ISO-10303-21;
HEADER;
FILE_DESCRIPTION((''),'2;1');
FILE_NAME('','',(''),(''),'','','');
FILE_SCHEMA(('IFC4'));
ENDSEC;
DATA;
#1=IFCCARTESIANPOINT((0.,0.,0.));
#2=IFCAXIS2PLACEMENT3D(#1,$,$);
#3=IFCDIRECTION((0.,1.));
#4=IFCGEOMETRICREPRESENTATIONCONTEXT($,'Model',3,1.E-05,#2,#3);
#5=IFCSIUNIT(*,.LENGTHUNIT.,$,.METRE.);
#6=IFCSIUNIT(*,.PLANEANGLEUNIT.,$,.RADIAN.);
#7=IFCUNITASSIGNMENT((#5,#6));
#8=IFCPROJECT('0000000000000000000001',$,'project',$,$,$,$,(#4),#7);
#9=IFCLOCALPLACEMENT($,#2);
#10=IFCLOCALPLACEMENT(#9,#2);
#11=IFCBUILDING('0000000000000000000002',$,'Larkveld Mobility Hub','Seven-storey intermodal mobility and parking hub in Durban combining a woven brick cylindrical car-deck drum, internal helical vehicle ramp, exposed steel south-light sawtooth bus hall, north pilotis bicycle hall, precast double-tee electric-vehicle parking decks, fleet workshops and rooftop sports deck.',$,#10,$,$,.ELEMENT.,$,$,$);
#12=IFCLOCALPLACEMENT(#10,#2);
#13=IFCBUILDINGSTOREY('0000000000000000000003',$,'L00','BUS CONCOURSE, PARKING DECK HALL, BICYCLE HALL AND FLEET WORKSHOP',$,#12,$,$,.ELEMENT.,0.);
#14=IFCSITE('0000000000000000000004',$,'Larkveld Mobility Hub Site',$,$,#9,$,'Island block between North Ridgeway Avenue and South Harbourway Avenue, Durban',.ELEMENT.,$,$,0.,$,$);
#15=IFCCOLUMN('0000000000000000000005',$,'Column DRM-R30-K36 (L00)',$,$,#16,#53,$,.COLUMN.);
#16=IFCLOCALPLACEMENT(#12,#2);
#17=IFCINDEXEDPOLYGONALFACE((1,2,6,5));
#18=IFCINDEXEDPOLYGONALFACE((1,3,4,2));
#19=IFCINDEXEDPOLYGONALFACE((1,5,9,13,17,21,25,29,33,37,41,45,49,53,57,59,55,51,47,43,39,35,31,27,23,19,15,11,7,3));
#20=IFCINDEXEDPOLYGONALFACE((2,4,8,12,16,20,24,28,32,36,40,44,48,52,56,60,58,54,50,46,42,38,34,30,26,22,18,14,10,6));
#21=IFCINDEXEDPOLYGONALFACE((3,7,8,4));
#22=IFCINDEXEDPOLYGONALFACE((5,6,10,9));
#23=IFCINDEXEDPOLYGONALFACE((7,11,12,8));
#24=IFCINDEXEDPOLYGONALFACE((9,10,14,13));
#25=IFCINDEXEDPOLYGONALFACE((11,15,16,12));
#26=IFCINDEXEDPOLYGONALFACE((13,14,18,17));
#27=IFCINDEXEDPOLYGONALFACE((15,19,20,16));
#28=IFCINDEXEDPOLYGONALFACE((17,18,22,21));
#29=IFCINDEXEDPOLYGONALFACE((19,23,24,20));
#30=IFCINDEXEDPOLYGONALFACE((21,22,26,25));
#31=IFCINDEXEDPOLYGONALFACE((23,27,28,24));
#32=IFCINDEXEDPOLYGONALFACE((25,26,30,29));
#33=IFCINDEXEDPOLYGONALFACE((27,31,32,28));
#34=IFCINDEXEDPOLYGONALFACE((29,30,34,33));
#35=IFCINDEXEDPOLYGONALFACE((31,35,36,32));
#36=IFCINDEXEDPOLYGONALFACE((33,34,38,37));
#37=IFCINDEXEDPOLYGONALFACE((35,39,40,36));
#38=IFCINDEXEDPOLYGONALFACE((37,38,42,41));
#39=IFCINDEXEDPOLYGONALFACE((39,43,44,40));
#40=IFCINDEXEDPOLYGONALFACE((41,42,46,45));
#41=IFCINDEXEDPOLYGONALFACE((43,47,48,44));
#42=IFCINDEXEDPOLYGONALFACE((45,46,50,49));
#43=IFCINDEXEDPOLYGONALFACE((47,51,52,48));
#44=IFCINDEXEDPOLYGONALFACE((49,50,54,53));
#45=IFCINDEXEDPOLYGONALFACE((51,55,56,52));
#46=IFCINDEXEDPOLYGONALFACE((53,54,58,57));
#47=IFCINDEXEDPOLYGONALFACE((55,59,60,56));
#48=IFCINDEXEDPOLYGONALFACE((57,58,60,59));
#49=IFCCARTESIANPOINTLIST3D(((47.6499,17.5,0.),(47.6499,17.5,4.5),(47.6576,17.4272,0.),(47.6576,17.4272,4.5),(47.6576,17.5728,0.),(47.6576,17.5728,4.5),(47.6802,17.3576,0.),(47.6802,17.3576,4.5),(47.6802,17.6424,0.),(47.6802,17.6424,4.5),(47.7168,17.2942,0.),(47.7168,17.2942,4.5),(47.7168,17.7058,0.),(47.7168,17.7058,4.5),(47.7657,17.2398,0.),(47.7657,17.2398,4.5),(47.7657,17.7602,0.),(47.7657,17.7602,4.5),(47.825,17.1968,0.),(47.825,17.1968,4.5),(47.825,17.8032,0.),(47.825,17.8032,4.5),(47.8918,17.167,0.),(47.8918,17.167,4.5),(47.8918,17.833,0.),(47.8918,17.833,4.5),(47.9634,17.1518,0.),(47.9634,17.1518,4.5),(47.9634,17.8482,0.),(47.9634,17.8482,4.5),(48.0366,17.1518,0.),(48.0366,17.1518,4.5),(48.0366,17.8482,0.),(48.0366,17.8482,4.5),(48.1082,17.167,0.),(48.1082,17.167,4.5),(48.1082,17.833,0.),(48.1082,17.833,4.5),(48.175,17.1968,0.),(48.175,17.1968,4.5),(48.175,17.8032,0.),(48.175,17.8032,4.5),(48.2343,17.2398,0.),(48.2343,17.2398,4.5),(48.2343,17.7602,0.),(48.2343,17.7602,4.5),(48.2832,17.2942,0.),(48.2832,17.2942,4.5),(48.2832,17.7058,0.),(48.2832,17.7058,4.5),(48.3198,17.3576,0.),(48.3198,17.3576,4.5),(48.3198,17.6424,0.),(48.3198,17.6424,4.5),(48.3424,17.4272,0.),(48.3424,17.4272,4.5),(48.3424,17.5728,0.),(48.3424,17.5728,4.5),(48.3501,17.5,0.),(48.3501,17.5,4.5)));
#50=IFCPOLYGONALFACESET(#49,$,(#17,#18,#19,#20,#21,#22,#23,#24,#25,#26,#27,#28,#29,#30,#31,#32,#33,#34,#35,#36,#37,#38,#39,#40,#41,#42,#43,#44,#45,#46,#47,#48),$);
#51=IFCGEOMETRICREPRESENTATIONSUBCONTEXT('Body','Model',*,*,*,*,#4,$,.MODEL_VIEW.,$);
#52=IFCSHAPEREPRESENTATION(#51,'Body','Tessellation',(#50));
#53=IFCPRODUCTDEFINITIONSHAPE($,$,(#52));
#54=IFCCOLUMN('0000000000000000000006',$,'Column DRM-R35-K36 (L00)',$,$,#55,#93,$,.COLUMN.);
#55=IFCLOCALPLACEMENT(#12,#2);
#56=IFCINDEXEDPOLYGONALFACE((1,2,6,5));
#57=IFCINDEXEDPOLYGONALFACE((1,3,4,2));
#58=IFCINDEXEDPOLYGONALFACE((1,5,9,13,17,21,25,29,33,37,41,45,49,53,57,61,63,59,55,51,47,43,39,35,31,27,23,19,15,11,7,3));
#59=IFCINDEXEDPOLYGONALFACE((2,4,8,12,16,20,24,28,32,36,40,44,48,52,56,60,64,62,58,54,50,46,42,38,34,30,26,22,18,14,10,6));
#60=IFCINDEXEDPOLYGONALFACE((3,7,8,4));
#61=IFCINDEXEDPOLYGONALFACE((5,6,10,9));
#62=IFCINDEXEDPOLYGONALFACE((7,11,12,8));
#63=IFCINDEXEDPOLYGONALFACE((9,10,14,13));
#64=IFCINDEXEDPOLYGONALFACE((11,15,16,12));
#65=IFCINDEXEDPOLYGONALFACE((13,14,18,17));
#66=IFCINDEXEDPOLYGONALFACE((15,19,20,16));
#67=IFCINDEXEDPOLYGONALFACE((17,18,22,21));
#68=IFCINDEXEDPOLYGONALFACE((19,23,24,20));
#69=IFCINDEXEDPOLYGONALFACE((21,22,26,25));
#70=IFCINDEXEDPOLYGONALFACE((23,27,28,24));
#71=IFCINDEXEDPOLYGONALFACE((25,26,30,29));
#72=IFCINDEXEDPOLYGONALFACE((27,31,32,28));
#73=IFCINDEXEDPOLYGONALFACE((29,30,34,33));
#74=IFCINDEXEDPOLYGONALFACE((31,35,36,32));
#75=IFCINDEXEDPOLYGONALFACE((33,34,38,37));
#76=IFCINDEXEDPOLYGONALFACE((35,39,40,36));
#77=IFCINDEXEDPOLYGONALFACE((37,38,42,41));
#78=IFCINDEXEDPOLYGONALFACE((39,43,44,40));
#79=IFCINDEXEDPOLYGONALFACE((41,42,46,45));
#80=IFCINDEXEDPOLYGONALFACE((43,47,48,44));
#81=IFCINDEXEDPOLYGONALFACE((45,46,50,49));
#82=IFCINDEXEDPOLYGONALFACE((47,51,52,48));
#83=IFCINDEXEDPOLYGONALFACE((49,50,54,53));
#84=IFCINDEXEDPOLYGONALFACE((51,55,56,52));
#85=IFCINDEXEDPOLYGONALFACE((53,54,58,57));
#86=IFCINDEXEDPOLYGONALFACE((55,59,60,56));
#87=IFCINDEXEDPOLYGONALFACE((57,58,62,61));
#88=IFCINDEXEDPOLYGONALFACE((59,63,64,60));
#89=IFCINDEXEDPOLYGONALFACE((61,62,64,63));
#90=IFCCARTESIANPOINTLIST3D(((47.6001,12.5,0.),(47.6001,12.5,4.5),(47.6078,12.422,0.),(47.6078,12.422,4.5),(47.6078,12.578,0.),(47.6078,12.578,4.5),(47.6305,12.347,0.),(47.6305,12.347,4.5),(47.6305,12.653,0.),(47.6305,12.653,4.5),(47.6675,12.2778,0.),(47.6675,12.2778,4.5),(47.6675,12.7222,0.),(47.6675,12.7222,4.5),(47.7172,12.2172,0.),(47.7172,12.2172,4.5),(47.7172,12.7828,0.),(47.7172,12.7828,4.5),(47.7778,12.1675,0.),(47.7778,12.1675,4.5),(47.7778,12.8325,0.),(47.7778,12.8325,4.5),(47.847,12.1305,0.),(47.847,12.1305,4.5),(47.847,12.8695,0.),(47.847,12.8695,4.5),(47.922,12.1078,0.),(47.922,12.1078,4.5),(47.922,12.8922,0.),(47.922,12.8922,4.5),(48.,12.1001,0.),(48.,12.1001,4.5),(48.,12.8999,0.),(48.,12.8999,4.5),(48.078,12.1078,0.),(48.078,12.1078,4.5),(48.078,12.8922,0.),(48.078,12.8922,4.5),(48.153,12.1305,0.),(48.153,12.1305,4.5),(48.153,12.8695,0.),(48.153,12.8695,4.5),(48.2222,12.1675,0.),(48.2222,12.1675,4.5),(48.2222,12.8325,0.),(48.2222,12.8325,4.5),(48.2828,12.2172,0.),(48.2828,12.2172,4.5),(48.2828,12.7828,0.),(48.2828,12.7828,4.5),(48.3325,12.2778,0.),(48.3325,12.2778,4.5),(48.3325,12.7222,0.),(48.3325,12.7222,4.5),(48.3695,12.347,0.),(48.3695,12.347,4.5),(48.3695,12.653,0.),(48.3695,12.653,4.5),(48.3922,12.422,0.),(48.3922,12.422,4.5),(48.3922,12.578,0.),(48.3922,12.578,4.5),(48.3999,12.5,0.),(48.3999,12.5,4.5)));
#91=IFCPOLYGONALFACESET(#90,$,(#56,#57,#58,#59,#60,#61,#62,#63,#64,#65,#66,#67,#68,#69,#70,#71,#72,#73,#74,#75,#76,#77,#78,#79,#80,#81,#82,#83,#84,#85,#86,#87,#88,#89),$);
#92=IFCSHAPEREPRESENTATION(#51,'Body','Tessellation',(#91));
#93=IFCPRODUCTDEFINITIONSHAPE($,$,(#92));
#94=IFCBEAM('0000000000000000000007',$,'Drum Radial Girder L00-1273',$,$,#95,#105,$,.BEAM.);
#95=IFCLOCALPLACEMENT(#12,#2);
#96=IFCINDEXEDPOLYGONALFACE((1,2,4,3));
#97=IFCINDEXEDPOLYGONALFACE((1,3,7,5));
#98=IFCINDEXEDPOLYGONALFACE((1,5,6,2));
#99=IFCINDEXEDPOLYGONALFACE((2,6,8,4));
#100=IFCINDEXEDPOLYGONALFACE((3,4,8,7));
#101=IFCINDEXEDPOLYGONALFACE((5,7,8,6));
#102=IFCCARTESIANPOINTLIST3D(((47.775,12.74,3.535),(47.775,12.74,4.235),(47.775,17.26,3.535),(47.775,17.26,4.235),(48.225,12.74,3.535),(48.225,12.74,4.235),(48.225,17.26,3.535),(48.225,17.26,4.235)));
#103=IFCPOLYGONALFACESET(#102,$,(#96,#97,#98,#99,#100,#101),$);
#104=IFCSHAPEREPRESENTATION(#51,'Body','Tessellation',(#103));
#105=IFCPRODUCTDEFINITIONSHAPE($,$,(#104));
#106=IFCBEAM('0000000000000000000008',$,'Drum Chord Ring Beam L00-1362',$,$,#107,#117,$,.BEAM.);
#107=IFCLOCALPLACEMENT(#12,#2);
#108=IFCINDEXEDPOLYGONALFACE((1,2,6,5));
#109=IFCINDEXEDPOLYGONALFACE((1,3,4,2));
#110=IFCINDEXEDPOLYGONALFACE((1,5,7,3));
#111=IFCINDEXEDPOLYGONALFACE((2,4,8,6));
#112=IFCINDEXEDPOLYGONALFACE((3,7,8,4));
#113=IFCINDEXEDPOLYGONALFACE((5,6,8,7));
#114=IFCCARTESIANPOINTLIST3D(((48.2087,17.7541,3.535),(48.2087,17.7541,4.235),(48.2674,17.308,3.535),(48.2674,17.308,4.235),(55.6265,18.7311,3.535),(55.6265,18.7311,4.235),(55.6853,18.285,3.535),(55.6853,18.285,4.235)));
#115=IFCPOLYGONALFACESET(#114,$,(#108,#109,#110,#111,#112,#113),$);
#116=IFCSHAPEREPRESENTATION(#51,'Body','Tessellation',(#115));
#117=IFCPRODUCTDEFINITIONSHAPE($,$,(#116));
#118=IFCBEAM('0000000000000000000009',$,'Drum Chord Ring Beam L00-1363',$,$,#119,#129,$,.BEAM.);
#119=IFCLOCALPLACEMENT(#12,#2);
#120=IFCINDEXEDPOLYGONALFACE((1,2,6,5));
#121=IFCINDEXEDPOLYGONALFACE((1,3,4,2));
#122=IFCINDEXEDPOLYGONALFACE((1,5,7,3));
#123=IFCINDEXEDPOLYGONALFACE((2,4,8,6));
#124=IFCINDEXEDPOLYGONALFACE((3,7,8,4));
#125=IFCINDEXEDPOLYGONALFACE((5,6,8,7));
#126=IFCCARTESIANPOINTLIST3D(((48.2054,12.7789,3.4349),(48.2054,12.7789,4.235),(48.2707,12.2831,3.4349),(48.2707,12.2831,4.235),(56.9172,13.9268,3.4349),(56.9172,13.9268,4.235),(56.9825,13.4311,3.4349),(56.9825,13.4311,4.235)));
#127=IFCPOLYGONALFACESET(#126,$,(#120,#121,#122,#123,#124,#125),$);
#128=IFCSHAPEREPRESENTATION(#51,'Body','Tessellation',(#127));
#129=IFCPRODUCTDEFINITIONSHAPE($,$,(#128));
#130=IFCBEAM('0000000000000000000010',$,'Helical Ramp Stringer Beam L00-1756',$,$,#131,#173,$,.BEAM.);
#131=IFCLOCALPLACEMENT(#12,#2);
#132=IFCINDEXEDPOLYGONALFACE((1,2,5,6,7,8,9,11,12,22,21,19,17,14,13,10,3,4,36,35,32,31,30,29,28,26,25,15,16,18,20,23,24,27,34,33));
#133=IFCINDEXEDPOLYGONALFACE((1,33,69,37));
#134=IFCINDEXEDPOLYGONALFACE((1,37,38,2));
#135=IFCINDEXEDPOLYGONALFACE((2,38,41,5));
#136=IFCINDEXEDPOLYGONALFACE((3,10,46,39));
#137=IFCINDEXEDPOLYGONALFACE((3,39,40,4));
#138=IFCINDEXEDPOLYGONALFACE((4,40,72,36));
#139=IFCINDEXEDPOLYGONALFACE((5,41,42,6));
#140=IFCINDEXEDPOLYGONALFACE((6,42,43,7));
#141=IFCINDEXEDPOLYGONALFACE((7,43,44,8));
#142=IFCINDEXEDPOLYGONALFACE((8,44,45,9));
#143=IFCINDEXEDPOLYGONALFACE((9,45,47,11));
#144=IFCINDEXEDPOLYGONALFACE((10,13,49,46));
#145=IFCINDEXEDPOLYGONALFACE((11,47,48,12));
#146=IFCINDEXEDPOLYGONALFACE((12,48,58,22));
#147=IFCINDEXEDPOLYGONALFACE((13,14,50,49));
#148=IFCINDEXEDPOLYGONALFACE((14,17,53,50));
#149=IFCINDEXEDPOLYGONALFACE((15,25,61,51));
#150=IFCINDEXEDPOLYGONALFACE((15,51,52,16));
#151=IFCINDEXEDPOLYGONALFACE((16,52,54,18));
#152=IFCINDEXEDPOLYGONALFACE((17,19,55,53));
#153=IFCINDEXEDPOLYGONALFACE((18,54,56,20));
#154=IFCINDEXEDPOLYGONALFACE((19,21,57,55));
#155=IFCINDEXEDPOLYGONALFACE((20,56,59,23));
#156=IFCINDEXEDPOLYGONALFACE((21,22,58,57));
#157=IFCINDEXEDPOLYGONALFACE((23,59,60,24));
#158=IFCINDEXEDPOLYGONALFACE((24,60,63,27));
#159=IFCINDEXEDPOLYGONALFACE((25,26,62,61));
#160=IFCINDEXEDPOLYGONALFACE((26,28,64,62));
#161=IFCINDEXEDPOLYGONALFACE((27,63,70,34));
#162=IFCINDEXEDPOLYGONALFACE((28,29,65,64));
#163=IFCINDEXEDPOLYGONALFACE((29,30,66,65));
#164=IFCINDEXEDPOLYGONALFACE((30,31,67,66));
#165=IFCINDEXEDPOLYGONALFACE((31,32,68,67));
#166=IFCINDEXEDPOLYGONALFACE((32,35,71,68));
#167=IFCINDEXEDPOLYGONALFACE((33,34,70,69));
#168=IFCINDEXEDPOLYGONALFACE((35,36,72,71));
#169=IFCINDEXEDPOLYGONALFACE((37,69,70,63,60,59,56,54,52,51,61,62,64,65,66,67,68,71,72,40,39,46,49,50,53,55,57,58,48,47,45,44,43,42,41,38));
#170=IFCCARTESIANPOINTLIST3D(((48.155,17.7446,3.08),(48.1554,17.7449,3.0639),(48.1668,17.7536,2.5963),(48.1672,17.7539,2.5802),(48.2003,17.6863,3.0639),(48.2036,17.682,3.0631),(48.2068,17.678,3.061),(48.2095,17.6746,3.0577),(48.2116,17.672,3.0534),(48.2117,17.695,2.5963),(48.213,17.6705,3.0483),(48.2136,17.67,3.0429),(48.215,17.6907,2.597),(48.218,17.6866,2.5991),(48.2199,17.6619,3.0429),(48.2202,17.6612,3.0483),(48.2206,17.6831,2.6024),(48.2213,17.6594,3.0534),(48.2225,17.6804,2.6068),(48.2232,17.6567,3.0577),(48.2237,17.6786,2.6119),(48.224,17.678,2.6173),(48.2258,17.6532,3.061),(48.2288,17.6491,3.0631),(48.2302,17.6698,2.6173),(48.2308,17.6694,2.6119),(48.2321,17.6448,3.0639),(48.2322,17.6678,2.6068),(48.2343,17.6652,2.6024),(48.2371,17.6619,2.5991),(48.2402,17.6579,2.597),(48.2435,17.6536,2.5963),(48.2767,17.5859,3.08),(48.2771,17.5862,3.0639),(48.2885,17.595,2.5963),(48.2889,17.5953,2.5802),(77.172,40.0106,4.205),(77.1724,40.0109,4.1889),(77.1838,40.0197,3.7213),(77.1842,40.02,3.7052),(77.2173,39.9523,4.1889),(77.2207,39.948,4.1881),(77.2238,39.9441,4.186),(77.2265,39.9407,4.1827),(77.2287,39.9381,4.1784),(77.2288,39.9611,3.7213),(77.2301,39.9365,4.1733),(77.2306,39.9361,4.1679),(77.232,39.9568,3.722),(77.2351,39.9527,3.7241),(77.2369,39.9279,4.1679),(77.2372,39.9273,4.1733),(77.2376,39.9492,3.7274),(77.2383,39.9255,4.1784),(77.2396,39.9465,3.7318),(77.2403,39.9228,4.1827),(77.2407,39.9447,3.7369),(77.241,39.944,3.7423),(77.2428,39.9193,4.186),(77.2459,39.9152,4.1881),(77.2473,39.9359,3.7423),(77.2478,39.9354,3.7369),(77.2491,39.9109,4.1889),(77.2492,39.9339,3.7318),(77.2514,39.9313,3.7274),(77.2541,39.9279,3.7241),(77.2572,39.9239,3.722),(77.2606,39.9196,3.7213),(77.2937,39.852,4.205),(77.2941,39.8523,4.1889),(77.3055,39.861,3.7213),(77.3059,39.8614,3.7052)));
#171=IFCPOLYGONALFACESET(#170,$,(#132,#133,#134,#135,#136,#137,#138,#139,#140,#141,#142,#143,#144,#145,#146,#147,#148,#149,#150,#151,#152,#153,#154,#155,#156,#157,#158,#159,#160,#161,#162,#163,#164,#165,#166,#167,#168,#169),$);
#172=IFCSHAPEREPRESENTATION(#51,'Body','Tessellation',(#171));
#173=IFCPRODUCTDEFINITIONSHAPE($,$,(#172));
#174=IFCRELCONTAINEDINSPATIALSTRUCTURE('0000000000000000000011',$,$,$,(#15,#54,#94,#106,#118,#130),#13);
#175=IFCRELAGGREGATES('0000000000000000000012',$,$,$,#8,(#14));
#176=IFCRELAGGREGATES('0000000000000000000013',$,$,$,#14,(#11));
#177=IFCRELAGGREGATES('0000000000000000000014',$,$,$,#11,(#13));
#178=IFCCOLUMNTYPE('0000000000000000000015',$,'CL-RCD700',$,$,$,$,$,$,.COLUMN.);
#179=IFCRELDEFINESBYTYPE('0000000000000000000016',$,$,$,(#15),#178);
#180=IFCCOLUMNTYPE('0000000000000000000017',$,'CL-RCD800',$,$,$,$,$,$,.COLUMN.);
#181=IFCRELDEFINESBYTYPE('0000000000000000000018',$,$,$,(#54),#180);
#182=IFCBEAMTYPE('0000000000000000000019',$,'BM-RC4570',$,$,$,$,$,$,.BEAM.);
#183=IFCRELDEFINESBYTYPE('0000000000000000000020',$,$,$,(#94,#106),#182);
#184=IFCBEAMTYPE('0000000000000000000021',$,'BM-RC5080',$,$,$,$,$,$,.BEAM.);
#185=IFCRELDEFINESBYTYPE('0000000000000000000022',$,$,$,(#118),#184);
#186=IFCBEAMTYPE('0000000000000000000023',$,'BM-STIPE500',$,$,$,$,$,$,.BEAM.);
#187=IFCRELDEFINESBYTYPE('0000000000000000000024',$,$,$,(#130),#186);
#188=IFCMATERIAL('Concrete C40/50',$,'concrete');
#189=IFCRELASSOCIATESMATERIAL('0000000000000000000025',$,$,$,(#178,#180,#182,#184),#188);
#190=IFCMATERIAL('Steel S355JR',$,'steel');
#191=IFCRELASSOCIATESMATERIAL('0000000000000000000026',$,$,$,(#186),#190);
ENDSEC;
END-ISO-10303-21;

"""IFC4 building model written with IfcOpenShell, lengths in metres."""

from ifc_helpers import new_model, si_unit, direction, frame, origin, origin_2d, place, context, subcontext, project, spatial, rectangle, circle, i_section, extrude, material, material_profile, profile_set, type_object, element, save


model = new_model("IFC4")

# Units and contexts
model_context = context("Model", 3, precision=1e-05, world=origin(), true_north=direction((0.0, 1.0)))
body_context = subcontext(model_context, "Body", "Model", "MODEL_VIEW")
ifc_project = project(units=[si_unit("LENGTHUNIT", "METRE"), si_unit("PLANEANGLEUNIT", "RADIAN")], contexts=[model_context])

# Site, building, storey
site_placement = place(None, origin())
site = spatial("IfcSite", under=ifc_project, at=site_placement, Name="Larkveld Mobility Hub Site", LongName="Island block between North Ridgeway Avenue and South Harbourway Avenue, Durban", CompositionType="ELEMENT", RefElevation=0.0)
building_placement = place(site_placement, origin())
building = spatial("IfcBuilding", under=site, at=building_placement, Name="Larkveld Mobility Hub", Description="Seven-storey intermodal mobility and parking hub in Durban combining a woven brick cylindrical car-deck drum, internal helical vehicle ramp, exposed steel south-light sawtooth bus hall, north pilotis bicycle hall, precast double-tee electric-vehicle parking decks, fleet workshops and rooftop sports deck.", CompositionType="ELEMENT")
storey_placement = place(building_placement, origin())
storey = spatial("IfcBuildingStorey", under=building, at=storey_placement, Name="L00", Description="BUS CONCOURSE, PARKING DECK HALL, BICYCLE HALL AND FLEET WORKSHOP", CompositionType="ELEMENT", Elevation=0.0)

# Columns
ifc_material_1 = material(Name="Concrete C40/50", Category="concrete")
ifc_material_profile_1 = material_profile(ifc_material_1, circle(Radius=0.3501, at=origin_2d()), Name="RC COL D700")
ifc_profile_set_1 = profile_set([ifc_material_profile_1], Name="Concrete C40/50")
column_type_1 = type_object("IfcColumnType", Name="CL-RCD700", PredefinedType="COLUMN", material=ifc_profile_set_1)
column_1_placement = place(storey_placement, frame((48.0, 17.5, 0.0), z_axis=(0.0, 0.0, 1.0), x_axis=(1.0, 0.0, 0.0)))
element("IfcColumn", 1, at=column_1_placement, inside=storey, type_object=column_type_1, Name="Column DRM-R30-K36 (L00)", PredefinedType="COLUMN", context=body_context, shape_type="SweptSolid", body=[
    extrude(circle(Radius=0.3501, at=origin_2d()), origin(), (0.0, 0.0, 1.0), 4.5),
])
ifc_material_profile_2 = material_profile(ifc_material_1, circle(Radius=0.3999, at=origin_2d()), Name="RC COL D800")
ifc_profile_set_2 = profile_set([ifc_material_profile_2], Name="Concrete C40/50")
column_type_2 = type_object("IfcColumnType", Name="CL-RCD800", PredefinedType="COLUMN", material=ifc_profile_set_2)
column_2_placement = place(storey_placement, frame((48.0, 12.5, 0.0), z_axis=(0.0, 0.0, 1.0), x_axis=(1.0, 0.0, 0.0)))
element("IfcColumn", 2, at=column_2_placement, inside=storey, type_object=column_type_2, Name="Column DRM-R35-K36 (L00)", PredefinedType="COLUMN", context=body_context, shape_type="SweptSolid", body=[
    extrude(circle(Radius=0.3999, at=origin_2d()), origin(), (0.0, 0.0, 1.0), 4.5),
])

# Beams
ifc_material_profile_3 = material_profile(ifc_material_1, rectangle(XDim=0.45, YDim=0.7, at=origin_2d()), Name="RC BM 450x700")
ifc_profile_set_3 = profile_set([ifc_material_profile_3], Name="Concrete C40/50")
beam_type_1 = type_object("IfcBeamType", Name="BM-RC4570", PredefinedType="BEAM", material=ifc_profile_set_3)
beam_1_placement = place(storey_placement, frame((48.0, 17.26, 3.885), z_axis=(0.0, -1.0, 0.0), x_axis=(1.0, 0.0, 0.0)))
element("IfcBeam", 3, at=beam_1_placement, inside=storey, type_object=beam_type_1, Name="Drum Radial Girder L00-1273", PredefinedType="BEAM", context=body_context, shape_type="SweptSolid", body=[
    extrude(rectangle(XDim=0.45, YDim=0.7, at=origin_2d()), origin(), (0.0, 0.0, 1.0), 4.52),
])
beam_2_placement = place(storey_placement, frame((48.238, 17.531, 3.885), z_axis=(0.991437, 0.130586, 0.0), x_axis=(-0.130586, 0.991437, 0.0)))
element("IfcBeam", 4, at=beam_2_placement, inside=storey, type_object=beam_type_1, Name="Drum Chord Ring Beam L00-1362", PredefinedType="BEAM", context=body_context, shape_type="SweptSolid", body=[
    extrude(rectangle(XDim=0.45, YDim=0.7, at=origin_2d()), origin(), (0.0, 0.0, 1.0), 7.4819),
])
ifc_material_profile_4 = material_profile(ifc_material_1, rectangle(XDim=0.5, YDim=0.8, at=origin_2d()), Name="RC BM 500x800")
ifc_profile_set_4 = profile_set([ifc_material_profile_4], Name="Concrete C40/50")
beam_type_2 = type_object("IfcBeamType", Name="BM-RC5080", PredefinedType="BEAM", material=ifc_profile_set_4)
beam_3_placement = place(storey_placement, frame((48.238, 12.531, 3.835), z_axis=(0.99143, 0.130638, 0.0), x_axis=(-0.130638, 0.99143, 0.0)))
element("IfcBeam", 5, at=beam_3_placement, inside=storey, type_object=beam_type_2, Name="Drum Chord Ring Beam L00-1363", PredefinedType="BEAM", context=body_context, shape_type="SweptSolid", body=[
    extrude(rectangle(XDim=0.5, YDim=0.8, at=origin_2d()), origin(), (0.0, 0.0, 1.0), 8.7871),
])
ifc_material_2 = material(Name="Steel S355JR", Category="steel")
ifc_material_profile_5 = material_profile(ifc_material_2, i_section(OverallWidth=0.2, OverallDepth=0.5, WebThickness=0.0103, FlangeThickness=0.0161, FilletRadius=0.021, at=origin_2d()), Name="IPE 500")
ifc_profile_set_5 = profile_set([ifc_material_profile_5], Name="Steel S355JR")
beam_type_3 = type_object("IfcBeamType", Name="BM-STIPE500", PredefinedType="BEAM", material=ifc_profile_set_5)
beam_4_placement = place(storey_placement, frame((48.2219, 17.6699, 2.8301), z_axis=(0.792971, 0.608483, 0.030744), x_axis=(-0.60877, 0.793347, 0.0)))
element("IfcBeam", 6, at=beam_4_placement, inside=storey, type_object=beam_type_3, Name="Helical Ramp Stringer Beam L00-1756", PredefinedType="BEAM", context=body_context, shape_type="SweptSolid", body=[
    extrude(i_section(OverallWidth=0.2, OverallDepth=0.5, WebThickness=0.0103, FlangeThickness=0.0161, FilletRadius=0.021, at=origin_2d()), origin(), (0.0, 0.0, 1.0), 36.5928),
])

save(model, "model.ifc")
